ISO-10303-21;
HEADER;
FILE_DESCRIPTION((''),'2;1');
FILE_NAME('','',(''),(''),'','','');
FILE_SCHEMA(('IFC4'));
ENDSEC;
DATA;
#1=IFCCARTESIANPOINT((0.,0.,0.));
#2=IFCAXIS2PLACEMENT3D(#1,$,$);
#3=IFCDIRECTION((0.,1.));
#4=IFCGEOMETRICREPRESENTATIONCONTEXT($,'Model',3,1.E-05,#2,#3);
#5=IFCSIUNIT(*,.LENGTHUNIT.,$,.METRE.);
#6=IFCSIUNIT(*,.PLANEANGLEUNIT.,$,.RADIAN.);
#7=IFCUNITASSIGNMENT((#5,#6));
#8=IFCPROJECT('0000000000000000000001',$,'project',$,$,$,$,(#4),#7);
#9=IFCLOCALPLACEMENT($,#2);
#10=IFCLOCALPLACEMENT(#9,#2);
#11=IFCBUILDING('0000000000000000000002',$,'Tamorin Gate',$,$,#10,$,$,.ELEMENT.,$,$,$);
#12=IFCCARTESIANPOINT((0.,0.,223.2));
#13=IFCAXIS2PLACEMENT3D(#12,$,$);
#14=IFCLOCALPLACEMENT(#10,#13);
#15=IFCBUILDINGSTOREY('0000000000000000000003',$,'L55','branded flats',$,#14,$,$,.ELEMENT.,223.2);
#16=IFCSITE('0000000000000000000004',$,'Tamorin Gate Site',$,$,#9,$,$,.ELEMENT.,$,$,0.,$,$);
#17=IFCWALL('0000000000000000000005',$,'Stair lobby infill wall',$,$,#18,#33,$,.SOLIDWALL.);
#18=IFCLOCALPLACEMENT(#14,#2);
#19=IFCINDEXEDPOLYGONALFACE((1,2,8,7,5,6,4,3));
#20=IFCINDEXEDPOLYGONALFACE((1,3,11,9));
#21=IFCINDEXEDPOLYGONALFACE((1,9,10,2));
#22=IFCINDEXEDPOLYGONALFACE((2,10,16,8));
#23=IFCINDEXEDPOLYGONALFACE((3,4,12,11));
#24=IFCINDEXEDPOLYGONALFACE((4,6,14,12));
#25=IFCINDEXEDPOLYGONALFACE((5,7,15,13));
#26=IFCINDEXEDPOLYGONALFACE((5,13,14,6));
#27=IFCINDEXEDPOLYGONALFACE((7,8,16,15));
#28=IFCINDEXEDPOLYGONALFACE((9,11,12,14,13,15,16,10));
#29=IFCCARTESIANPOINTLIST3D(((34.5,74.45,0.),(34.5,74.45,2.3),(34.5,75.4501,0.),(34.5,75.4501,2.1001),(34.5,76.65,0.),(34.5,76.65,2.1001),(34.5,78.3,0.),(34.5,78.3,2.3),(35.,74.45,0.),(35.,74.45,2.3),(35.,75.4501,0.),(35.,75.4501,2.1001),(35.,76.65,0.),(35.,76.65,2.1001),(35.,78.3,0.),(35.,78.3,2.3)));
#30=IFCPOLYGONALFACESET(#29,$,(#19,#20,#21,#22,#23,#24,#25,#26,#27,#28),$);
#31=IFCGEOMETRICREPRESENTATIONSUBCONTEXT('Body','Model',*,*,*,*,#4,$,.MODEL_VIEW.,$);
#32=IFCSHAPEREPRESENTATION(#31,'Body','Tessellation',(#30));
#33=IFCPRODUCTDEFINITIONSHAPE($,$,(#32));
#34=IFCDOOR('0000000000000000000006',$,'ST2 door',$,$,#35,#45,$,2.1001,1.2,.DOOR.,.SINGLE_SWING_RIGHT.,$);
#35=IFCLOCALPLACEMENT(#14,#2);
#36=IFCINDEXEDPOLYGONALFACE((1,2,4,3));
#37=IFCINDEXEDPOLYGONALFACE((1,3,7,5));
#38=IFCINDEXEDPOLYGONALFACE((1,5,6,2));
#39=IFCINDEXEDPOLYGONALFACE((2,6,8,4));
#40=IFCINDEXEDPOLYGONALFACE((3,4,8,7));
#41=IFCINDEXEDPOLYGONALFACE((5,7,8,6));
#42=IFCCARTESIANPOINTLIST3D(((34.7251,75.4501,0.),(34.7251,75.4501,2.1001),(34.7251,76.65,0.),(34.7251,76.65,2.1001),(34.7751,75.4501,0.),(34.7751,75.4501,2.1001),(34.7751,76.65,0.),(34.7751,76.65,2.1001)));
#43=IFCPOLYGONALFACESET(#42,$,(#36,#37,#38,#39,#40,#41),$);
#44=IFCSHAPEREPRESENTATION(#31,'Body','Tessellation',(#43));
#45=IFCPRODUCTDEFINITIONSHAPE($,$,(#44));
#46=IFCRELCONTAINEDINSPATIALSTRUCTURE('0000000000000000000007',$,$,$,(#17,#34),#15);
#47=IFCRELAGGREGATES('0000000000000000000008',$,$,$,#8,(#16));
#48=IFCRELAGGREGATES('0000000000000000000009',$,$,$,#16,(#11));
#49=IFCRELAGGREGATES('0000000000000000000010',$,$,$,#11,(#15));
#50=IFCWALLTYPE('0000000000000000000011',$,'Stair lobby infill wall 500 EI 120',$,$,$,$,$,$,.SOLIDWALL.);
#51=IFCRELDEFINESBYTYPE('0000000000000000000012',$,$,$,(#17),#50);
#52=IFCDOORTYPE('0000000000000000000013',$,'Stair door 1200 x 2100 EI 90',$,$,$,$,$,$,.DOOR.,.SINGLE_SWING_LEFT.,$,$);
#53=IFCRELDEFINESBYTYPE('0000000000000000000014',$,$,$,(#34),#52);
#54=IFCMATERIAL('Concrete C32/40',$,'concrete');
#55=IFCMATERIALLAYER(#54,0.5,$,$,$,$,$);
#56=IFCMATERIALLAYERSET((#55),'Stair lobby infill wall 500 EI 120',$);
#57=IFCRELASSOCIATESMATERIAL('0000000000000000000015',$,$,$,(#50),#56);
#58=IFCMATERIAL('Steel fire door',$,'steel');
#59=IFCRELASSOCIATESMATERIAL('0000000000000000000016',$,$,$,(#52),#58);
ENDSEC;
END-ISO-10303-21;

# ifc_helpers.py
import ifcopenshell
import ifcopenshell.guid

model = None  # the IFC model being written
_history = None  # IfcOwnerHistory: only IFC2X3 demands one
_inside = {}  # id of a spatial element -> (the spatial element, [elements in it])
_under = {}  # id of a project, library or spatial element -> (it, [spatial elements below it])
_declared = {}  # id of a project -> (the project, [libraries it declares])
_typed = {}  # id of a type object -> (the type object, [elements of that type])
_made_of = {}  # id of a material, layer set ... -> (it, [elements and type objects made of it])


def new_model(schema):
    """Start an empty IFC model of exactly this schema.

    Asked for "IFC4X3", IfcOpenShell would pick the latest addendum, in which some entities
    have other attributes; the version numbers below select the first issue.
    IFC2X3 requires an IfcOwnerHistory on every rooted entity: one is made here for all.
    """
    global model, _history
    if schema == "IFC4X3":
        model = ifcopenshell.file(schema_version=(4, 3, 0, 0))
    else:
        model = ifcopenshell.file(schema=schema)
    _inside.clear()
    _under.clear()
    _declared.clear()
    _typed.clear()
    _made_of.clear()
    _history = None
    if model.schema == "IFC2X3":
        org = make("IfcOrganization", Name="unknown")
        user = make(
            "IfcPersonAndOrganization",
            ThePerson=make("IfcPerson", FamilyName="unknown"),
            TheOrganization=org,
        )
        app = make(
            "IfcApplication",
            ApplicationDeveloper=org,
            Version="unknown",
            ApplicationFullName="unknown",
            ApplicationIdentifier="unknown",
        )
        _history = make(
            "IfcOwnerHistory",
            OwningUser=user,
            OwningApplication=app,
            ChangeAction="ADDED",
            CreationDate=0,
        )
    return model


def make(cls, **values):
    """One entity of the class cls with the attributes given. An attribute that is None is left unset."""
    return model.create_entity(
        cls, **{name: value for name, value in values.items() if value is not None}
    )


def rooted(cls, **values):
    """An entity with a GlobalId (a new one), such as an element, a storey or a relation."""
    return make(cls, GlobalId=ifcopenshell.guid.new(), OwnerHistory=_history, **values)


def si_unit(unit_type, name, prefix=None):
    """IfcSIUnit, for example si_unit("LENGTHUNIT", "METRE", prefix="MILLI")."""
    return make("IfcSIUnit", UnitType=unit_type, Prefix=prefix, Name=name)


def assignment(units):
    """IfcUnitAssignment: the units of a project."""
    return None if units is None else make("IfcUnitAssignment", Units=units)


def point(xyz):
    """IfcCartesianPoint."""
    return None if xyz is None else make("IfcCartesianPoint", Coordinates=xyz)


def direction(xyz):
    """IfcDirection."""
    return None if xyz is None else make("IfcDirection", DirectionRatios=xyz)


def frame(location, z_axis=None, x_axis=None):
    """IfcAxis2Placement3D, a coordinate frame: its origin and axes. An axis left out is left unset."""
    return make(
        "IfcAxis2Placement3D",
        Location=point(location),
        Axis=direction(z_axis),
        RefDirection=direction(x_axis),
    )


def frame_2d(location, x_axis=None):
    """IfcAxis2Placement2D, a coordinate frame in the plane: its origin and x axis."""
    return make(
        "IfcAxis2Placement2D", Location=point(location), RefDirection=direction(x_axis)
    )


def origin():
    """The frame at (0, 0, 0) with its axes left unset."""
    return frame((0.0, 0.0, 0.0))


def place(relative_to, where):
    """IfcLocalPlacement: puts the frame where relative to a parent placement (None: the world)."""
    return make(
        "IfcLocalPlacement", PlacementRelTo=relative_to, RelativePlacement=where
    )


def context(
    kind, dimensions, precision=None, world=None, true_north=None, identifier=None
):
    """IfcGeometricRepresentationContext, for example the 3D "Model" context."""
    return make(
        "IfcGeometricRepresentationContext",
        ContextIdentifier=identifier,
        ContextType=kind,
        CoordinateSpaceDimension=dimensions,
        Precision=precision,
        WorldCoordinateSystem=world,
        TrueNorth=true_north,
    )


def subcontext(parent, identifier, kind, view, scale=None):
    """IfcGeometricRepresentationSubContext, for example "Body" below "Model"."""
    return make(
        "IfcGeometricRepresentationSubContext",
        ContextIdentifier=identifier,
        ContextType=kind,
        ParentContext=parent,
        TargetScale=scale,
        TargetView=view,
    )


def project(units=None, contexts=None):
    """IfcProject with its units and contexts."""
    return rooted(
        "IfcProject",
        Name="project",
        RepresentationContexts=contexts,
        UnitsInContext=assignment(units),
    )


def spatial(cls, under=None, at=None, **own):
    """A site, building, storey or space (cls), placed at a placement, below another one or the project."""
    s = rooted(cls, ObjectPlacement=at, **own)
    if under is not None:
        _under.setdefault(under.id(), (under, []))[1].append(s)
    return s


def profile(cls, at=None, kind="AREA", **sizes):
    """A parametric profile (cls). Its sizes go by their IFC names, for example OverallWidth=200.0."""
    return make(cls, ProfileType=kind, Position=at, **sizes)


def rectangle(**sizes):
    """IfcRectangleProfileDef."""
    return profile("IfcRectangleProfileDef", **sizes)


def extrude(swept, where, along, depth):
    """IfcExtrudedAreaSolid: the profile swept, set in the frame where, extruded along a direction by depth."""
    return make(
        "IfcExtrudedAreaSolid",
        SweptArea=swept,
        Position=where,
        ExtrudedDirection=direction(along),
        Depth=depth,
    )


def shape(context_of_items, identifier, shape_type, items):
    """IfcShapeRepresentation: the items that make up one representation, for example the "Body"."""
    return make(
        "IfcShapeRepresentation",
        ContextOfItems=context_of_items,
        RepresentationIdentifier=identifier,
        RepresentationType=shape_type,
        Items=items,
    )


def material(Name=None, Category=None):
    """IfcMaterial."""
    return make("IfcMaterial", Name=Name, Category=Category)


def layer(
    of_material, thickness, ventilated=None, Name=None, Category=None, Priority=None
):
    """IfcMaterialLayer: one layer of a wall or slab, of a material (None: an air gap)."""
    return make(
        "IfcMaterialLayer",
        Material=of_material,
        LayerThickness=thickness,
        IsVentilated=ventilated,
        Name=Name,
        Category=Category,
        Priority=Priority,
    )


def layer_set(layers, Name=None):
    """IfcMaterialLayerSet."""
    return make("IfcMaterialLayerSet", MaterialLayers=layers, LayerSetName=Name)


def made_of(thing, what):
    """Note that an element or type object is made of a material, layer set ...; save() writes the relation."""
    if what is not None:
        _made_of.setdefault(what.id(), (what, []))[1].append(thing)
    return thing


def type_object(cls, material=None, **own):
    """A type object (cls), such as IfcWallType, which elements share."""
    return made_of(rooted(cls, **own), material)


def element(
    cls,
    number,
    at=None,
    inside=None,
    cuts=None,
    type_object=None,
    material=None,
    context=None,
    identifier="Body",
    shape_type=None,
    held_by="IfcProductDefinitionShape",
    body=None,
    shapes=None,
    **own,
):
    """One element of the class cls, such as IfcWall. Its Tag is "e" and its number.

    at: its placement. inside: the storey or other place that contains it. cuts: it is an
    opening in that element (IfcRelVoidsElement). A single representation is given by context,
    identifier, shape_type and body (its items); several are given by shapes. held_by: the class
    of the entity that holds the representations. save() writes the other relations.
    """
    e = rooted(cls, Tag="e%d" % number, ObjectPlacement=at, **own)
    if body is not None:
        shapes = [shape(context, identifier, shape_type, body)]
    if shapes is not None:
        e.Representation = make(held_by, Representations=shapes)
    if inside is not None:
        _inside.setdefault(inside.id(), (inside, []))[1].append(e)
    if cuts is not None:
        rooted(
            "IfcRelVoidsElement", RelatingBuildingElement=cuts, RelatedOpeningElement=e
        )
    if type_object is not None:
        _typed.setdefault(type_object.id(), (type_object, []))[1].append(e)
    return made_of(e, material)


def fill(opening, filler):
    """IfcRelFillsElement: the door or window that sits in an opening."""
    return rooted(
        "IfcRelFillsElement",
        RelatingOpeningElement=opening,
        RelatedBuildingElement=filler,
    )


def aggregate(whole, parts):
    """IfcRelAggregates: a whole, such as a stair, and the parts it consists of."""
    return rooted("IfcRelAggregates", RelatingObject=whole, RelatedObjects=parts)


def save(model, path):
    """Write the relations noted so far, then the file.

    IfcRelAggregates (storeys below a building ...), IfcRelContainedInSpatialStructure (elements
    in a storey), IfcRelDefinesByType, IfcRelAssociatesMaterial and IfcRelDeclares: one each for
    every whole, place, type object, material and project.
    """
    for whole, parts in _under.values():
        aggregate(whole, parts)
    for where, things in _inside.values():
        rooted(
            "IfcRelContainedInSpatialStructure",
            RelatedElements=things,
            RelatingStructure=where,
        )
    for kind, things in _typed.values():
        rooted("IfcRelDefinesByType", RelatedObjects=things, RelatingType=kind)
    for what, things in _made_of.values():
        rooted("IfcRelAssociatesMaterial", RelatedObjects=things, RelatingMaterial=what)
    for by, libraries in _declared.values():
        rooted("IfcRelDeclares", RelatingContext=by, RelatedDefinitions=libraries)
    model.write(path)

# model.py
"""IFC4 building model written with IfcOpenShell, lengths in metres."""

from ifc_helpers import new_model, si_unit, direction, frame, frame_2d, origin, place, context, subcontext, project, spatial, rectangle, extrude, material, layer, layer_set, type_object, element, fill, save


model = new_model("IFC4")

# Units and contexts
model_context = context("Model", 3, precision=1e-05, world=origin(), true_north=direction((0.0, 1.0)))
body_context = subcontext(model_context, "Body", "Model", "MODEL_VIEW")
ifc_project = project(units=[si_unit("LENGTHUNIT", "METRE"), si_unit("PLANEANGLEUNIT", "RADIAN")], contexts=[model_context])

# Site, building, storey
site_placement = place(None, origin())
site = spatial("IfcSite", under=ifc_project, at=site_placement, Name="Tamorin Gate Site", CompositionType="ELEMENT", RefElevation=0.0)
building_placement = place(site_placement, origin())
building = spatial("IfcBuilding", under=site, at=building_placement, Name="Tamorin Gate", CompositionType="ELEMENT")
storey_placement = place(building_placement, frame((0.0, 0.0, 223.2)))
storey = spatial("IfcBuildingStorey", under=building, at=storey_placement, Name="L55", Description="branded flats", CompositionType="ELEMENT", Elevation=223.2)

# Wall, opening, door
ifc_material_1 = material(Name="Steel fire door", Category="steel")
ifc_material_2 = material(Name="Concrete C32/40", Category="concrete")
ifc_layer_1 = layer(ifc_material_2, 0.5)
ifc_layer_set_1 = layer_set([ifc_layer_1], Name="Stair lobby infill wall 500 EI 120")
wall_type_1 = type_object("IfcWallType", Name="Stair lobby infill wall 500 EI 120", PredefinedType="SOLIDWALL", material=ifc_layer_set_1)
door_type_1 = type_object("IfcDoorType", Name="Stair door 1200 x 2100 EI 90", OperationType="SINGLE_SWING_LEFT", PredefinedType="DOOR", material=ifc_material_1)
wall_1_placement = place(storey_placement, frame((34.75, 74.45, 0.0), z_axis=(0.0, 0.0, 1.0), x_axis=(0.0, 1.0, 0.0)))
wall_1 = element("IfcWall", 1, at=wall_1_placement, inside=storey, type_object=wall_type_1, Name="Stair lobby infill wall", PredefinedType="SOLIDWALL", context=body_context, shape_type="SweptSolid", body=[
    extrude(rectangle(XDim=3.8501, YDim=0.5, at=frame_2d((1.925, 0.0))), origin(), (0.0, 0.0, 1.0), 2.3),
])
opening_1_placement = place(wall_1_placement, frame((1.0, 0.0, 0.0)))
opening_1 = element("IfcOpeningElement", 2, at=opening_1_placement, cuts=wall_1, PredefinedType="OPENING", context=body_context, shape_type="SweptSolid", body=[
    extrude(rectangle(XDim=1.2, YDim=2.1001, at=frame_2d((0.6001, 1.05))), frame((0.0, 0.26, 0.0), z_axis=(0.0, -1.0, 0.0), x_axis=(1.0, 0.0, 0.0)), (0.0, 0.0, 1.0), 0.52),
])
door_1_placement = place(opening_1_placement, origin())
door_1 = element("IfcDoor", 3, at=door_1_placement, inside=storey, type_object=door_type_1, Name="ST2 door", OperationType="SINGLE_SWING_RIGHT", OverallHeight=2.1001, OverallWidth=1.2, PredefinedType="DOOR", context=body_context, shape_type="SweptSolid", body=[
    extrude(rectangle(XDim=1.2, YDim=2.1001, at=frame_2d((0.6001, 1.05))), frame((0.0, 0.0249, 0.0), z_axis=(0.0, -1.0, 0.0), x_axis=(1.0, 0.0, 0.0)), (0.0, 0.0, 1.0), 0.05),
])
fill(opening_1, door_1)

save(model, "model.ifc")
